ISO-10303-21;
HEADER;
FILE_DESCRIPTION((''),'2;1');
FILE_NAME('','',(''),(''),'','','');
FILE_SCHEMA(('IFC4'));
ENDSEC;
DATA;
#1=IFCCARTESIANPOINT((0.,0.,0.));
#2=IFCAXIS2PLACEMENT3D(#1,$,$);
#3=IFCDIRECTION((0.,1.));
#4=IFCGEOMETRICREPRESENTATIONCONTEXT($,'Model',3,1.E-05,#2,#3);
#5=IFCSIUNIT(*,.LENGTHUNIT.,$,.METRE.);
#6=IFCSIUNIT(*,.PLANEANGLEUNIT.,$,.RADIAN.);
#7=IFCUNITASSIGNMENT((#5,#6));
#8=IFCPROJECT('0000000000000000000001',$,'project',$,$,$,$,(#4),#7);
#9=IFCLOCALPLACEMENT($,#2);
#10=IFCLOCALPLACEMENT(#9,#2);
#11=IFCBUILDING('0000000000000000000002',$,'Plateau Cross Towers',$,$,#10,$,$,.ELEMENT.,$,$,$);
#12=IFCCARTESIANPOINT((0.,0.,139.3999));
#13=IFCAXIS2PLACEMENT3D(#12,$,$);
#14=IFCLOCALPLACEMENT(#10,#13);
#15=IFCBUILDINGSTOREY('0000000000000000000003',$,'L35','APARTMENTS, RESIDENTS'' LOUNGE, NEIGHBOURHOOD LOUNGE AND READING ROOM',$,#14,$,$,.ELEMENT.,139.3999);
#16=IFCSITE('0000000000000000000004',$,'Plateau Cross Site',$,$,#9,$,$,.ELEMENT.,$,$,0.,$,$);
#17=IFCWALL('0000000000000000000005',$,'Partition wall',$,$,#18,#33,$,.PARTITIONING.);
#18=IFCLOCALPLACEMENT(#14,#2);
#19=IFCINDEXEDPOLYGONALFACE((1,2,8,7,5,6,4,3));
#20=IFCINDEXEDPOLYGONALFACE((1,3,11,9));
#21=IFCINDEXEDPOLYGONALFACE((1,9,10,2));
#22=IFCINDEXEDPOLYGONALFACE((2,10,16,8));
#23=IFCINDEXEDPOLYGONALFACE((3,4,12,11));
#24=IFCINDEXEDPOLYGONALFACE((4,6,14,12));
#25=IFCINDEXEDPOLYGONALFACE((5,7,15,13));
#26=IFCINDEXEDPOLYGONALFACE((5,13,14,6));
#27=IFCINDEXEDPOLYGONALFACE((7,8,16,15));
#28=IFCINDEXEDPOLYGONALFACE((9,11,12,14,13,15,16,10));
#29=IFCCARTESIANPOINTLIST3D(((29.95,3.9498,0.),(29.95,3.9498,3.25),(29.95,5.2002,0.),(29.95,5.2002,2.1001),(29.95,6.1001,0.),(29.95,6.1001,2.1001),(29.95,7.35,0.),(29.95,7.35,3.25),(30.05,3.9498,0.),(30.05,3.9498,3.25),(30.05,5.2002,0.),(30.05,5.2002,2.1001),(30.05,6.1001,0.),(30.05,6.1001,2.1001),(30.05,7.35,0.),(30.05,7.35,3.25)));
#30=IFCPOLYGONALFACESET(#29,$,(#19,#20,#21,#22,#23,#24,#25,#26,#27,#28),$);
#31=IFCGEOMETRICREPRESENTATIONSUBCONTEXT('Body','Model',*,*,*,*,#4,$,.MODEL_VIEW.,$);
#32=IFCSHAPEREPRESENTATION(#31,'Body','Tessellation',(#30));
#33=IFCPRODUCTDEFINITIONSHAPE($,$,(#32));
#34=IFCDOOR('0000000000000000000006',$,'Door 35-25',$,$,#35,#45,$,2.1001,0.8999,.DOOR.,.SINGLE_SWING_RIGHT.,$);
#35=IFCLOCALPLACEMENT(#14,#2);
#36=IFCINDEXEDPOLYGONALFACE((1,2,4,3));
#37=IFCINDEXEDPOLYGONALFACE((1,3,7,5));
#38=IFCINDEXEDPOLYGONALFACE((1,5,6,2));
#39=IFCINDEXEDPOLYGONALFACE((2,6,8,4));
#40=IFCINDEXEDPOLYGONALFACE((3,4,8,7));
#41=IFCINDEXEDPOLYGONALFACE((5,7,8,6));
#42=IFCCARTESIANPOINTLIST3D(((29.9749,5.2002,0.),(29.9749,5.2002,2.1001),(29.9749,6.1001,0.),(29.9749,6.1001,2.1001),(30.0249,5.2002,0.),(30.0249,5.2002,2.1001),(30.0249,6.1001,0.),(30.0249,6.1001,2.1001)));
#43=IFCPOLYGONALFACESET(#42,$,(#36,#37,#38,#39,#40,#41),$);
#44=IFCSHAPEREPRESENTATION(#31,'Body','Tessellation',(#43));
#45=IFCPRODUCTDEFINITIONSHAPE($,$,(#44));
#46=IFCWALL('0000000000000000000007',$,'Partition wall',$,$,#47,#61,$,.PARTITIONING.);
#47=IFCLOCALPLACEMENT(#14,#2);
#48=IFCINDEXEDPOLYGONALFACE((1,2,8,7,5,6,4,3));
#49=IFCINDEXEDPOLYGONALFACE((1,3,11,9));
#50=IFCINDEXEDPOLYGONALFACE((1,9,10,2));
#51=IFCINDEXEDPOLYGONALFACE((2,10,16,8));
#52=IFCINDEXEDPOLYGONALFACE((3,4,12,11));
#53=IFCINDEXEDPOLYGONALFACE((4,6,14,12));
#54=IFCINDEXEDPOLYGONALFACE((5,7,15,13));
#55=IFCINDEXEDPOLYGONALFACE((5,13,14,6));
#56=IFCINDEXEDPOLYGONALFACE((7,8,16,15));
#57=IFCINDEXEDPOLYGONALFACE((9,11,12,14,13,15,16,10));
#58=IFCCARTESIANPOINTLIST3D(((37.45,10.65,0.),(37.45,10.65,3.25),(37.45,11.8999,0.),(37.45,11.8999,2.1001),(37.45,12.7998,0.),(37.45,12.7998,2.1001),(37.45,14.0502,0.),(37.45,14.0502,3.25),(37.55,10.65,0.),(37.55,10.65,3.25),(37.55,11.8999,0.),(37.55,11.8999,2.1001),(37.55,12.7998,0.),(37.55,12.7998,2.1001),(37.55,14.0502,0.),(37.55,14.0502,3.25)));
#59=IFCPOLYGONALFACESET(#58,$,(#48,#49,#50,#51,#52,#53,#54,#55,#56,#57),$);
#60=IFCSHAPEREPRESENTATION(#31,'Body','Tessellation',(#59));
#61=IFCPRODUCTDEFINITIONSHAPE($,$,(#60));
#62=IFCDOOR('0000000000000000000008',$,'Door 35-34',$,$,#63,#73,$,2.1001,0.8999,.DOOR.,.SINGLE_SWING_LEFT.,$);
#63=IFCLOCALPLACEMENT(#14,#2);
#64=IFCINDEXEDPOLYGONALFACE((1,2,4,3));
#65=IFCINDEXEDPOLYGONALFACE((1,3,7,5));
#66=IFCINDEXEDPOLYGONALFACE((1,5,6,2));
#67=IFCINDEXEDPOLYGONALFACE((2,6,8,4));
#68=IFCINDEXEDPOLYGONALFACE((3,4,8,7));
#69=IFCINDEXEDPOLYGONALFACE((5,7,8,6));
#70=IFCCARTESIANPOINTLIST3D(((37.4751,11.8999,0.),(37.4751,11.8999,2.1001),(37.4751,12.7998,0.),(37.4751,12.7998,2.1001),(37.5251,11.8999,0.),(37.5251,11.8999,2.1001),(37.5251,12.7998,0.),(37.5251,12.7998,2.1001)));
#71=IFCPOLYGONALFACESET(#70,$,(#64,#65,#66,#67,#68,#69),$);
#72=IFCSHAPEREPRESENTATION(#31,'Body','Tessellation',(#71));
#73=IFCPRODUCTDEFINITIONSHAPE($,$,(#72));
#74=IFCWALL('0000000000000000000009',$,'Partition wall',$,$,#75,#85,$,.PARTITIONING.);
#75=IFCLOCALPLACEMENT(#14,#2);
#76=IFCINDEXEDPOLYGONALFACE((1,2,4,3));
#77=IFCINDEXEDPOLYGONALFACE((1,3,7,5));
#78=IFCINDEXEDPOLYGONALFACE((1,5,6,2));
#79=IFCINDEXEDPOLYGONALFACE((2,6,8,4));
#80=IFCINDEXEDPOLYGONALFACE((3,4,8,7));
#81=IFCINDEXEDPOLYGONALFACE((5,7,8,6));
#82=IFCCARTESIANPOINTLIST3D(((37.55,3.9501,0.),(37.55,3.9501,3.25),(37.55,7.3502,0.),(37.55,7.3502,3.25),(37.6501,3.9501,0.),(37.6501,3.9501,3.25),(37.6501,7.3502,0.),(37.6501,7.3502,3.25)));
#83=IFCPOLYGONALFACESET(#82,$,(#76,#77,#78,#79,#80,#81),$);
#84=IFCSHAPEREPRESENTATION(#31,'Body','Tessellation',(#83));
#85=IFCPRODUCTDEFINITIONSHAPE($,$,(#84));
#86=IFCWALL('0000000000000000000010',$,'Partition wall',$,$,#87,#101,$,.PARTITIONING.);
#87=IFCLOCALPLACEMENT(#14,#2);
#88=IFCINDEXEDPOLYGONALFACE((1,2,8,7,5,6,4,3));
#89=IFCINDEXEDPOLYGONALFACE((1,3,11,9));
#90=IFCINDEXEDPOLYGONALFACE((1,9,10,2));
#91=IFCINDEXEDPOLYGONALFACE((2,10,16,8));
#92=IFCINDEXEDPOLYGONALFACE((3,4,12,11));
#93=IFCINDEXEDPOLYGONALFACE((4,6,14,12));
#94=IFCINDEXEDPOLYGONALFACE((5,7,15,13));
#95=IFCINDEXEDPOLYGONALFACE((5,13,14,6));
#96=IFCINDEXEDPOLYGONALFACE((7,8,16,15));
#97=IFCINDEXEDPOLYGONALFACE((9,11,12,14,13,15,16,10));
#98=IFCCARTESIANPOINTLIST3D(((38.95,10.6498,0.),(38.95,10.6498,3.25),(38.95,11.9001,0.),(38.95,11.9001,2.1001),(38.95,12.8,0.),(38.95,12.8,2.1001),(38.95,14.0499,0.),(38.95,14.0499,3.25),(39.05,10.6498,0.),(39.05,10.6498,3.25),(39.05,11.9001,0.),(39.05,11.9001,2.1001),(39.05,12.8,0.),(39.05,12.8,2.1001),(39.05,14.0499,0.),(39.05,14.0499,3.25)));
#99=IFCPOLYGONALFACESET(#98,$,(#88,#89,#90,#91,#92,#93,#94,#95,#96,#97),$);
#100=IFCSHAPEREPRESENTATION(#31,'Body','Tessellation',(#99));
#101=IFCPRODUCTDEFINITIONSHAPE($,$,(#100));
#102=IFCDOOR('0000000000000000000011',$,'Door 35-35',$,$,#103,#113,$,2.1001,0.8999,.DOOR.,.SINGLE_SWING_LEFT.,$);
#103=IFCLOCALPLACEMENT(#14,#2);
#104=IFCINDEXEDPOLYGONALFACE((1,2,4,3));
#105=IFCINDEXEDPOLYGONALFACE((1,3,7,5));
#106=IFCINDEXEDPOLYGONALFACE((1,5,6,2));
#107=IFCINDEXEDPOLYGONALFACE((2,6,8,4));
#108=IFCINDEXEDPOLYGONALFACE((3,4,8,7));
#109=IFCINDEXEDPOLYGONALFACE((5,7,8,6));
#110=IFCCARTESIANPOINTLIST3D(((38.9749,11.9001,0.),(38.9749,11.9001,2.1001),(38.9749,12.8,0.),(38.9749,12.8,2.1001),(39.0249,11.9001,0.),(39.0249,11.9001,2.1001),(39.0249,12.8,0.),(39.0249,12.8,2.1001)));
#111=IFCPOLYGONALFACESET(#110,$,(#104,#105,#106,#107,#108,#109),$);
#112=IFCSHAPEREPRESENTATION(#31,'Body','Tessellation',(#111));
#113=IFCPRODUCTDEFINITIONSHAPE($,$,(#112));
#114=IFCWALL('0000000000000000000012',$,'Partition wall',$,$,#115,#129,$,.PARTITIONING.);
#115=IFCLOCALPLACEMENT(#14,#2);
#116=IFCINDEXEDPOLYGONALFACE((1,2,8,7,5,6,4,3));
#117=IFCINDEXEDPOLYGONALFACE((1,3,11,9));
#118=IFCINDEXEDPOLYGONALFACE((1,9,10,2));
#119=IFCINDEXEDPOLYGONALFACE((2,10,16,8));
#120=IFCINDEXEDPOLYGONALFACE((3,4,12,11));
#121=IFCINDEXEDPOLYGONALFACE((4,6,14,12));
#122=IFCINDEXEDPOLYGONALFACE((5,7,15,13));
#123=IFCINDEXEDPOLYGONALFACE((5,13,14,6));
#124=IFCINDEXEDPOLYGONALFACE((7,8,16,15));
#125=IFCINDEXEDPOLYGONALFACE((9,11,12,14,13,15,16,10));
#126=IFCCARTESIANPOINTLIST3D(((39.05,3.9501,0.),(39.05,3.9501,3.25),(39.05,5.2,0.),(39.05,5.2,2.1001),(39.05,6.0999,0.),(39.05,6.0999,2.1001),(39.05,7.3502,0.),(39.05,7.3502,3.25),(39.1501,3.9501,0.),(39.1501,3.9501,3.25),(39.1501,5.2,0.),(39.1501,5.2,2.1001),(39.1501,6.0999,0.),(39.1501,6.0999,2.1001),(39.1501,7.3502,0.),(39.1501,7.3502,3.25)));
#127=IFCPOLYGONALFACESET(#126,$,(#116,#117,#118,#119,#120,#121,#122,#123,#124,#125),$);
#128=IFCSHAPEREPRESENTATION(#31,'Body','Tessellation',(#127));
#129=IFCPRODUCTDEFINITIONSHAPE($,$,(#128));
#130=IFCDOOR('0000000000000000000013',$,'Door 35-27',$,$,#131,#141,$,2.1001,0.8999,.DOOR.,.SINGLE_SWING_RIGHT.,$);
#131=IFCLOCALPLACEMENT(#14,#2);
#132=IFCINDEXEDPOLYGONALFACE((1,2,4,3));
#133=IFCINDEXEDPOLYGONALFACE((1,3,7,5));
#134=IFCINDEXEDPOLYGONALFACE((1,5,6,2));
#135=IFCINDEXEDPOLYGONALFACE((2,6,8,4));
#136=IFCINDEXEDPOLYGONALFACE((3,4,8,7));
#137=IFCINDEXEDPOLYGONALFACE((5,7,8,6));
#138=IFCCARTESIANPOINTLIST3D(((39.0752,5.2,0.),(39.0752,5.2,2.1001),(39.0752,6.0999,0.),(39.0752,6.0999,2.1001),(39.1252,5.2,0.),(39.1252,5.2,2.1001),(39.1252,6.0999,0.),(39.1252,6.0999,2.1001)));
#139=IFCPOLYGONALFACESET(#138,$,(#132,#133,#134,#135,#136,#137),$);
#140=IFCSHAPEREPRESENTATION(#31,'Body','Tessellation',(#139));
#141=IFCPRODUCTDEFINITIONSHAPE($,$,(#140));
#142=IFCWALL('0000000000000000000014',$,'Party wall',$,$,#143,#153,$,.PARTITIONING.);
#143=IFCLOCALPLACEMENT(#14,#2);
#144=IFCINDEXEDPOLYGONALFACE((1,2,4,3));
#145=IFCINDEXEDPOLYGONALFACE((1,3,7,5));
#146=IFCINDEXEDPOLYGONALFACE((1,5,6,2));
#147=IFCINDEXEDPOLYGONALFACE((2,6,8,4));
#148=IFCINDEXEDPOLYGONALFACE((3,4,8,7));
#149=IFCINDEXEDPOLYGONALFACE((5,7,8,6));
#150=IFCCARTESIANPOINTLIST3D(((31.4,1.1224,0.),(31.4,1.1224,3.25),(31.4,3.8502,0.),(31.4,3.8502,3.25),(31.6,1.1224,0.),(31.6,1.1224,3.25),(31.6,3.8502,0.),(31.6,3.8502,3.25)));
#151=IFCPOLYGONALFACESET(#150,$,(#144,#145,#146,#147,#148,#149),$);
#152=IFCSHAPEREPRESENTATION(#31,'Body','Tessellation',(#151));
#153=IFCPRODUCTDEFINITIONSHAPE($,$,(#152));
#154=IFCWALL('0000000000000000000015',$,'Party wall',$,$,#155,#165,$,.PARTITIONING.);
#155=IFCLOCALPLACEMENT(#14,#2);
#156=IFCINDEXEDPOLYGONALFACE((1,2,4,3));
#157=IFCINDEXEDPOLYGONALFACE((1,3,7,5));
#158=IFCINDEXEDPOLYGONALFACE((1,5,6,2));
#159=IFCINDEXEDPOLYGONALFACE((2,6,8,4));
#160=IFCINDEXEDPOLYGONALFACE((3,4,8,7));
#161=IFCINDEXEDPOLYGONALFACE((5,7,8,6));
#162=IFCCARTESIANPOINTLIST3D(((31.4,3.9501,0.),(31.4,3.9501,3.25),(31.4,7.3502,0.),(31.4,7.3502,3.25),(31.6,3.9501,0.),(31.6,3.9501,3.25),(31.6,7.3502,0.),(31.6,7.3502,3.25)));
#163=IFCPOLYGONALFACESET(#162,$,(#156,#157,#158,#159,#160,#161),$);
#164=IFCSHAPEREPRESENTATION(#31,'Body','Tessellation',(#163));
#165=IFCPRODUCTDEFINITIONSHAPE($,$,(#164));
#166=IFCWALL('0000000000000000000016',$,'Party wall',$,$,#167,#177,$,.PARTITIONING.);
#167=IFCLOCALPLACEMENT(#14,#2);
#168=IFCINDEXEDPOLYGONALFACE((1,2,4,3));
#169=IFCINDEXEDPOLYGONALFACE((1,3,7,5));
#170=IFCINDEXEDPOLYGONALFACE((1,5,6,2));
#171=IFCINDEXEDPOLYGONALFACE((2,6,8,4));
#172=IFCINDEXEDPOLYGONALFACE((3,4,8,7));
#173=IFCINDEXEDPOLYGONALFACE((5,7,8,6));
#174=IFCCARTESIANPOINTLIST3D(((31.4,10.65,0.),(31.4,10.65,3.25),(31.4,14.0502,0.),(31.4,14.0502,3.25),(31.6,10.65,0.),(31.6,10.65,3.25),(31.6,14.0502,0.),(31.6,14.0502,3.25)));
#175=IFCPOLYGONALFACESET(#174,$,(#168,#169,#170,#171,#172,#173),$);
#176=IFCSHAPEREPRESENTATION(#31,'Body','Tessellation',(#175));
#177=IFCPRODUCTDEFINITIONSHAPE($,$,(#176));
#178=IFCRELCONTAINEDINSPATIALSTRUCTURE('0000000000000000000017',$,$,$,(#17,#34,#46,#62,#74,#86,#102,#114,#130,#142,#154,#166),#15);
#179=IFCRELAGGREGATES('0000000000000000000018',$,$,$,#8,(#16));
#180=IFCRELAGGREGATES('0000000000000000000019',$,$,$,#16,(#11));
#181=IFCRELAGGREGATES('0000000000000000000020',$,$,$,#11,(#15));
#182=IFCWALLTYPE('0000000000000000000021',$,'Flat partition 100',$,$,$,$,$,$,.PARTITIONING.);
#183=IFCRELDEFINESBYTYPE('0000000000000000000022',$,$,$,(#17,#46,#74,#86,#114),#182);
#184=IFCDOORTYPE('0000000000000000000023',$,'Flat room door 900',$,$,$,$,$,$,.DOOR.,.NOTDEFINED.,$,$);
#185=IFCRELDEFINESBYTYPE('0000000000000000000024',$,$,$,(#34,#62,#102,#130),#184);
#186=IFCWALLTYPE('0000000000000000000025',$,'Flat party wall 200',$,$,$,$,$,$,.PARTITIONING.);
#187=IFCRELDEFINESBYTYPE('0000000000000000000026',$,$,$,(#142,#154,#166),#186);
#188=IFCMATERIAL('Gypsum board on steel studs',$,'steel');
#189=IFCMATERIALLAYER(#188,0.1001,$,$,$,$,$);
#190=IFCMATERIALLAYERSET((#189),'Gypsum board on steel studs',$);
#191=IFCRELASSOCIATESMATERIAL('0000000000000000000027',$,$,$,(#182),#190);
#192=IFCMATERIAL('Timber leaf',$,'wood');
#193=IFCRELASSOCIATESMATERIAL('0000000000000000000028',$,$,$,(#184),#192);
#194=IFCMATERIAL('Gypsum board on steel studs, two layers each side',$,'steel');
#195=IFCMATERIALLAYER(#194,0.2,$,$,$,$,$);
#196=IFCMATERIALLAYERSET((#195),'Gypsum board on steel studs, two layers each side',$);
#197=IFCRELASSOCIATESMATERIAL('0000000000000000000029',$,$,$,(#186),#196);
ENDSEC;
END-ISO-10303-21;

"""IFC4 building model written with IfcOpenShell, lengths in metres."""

from ifc_helpers import new_model, si_unit, direction, frame, frame_2d, origin, place, context, subcontext, project, spatial, rectangle, extrude, material, layer, layer_set, type_object, element, fill, save


model = new_model("IFC4")

# Units and contexts
model_context = context("Model", 3, precision=1e-05, world=origin(), true_north=direction((0.0, 1.0)))
body_context = subcontext(model_context, "Body", "Model", "MODEL_VIEW")
ifc_project = project(units=[si_unit("LENGTHUNIT", "METRE"), si_unit("PLANEANGLEUNIT", "RADIAN")], contexts=[model_context])

# Site, building, storey
site_placement = place(None, origin())
site = spatial("IfcSite", under=ifc_project, at=site_placement, Name="Plateau Cross Site", CompositionType="ELEMENT", RefElevation=0.0)
building_placement = place(site_placement, origin())
building = spatial("IfcBuilding", under=site, at=building_placement, Name="Plateau Cross Towers", CompositionType="ELEMENT")
storey_placement = place(building_placement, frame((0.0, 0.0, 139.3999)))
storey = spatial("IfcBuildingStorey", under=building, at=storey_placement, Name="L35", Description="APARTMENTS, RESIDENTS' LOUNGE, NEIGHBOURHOOD LOUNGE AND READING ROOM", CompositionType="ELEMENT", Elevation=139.3999)

# Shared definitions
ifc_material_1 = material(Name="Gypsum board on steel studs", Category="steel")
ifc_layer_1 = layer(ifc_material_1, 0.1001)
ifc_layer_set_1 = layer_set([ifc_layer_1], Name="Gypsum board on steel studs")
wall_type_1 = type_object("IfcWallType", Name="Flat partition 100", PredefinedType="PARTITIONING", material=ifc_layer_set_1)

# Shared definitions
ifc_material_2 = material(Name="Timber leaf", Category="wood")
door_type_1 = type_object("IfcDoorType", Name="Flat room door 900", OperationType="NOTDEFINED", PredefinedType="DOOR", material=ifc_material_2)

# Walls, openings, doors
wall_1_placement = place(storey_placement, frame((30.0, 7.3501, 0.0), z_axis=(0.0, 0.0, 1.0), x_axis=(0.0, -1.0, 0.0)))
wall_1 = element("IfcWall", 1, at=wall_1_placement, inside=storey, type_object=wall_type_1, Name="Partition wall", PredefinedType="PARTITIONING", context=body_context, shape_type="SweptSolid", body=[
    extrude(rectangle(XDim=3.4001, YDim=0.1001, at=frame_2d((1.7002, 0.0))), origin(), (0.0, 0.0, 1.0), 3.25),
])
opening_1_placement = place(wall_1_placement, frame((1.25, 0.0, 0.0)))
opening_1 = element("IfcOpeningElement", 2, at=opening_1_placement, cuts=wall_1, PredefinedType="OPENING", context=body_context, shape_type="SweptSolid", body=[
    extrude(rectangle(XDim=0.8999, YDim=2.1001, at=frame_2d((0.45, 1.05))), frame((0.0, 0.0601, 0.0), z_axis=(0.0, -1.0, 0.0), x_axis=(1.0, 0.0, 0.0)), (0.0, 0.0, 1.0), 0.1201),
])
door_1_placement = place(opening_1_placement, origin())
door_1 = element("IfcDoor", 3, at=door_1_placement, inside=storey, type_object=door_type_1, Name="Door 35-25", OperationType="SINGLE_SWING_RIGHT", OverallHeight=2.1001, OverallWidth=0.8999, PredefinedType="DOOR", context=body_context, shape_type="SweptSolid", body=[
    extrude(rectangle(XDim=0.8999, YDim=2.1001, at=frame_2d((0.45, 1.05))), frame((0.0, 0.0249, 0.0), z_axis=(0.0, -1.0, 0.0), x_axis=(1.0, 0.0, 0.0)), (0.0, 0.0, 1.0), 0.05),
])
fill(opening_1, door_1)
wall_2_placement = place(storey_placement, frame((37.5, 10.6499, 0.0), z_axis=(0.0, 0.0, 1.0), x_axis=(0.0, 1.0, 0.0)))
wall_2 = element("IfcWall", 4, at=wall_2_placement, inside=storey, type_object=wall_type_1, Name="Partition wall", PredefinedType="PARTITIONING", context=body_context, shape_type="SweptSolid", body=[
    extrude(rectangle(XDim=3.4001, YDim=0.1001, at=frame_2d((1.7002, 0.0))), origin(), (0.0, 0.0, 1.0), 3.25),
])
opening_2_placement = place(wall_2_placement, frame((1.25, 0.0, 0.0)))
opening_2 = element("IfcOpeningElement", 5, at=opening_2_placement, cuts=wall_2, PredefinedType="OPENING", context=body_context, shape_type="SweptSolid", body=[
    extrude(rectangle(XDim=0.8999, YDim=2.1001, at=frame_2d((0.45, 1.05))), frame((0.0, 0.0601, 0.0), z_axis=(0.0, -1.0, 0.0), x_axis=(1.0, 0.0, 0.0)), (0.0, 0.0, 1.0), 0.1201),
])
door_2_placement = place(opening_2_placement, origin())
door_2 = element("IfcDoor", 6, at=door_2_placement, inside=storey, type_object=door_type_1, Name="Door 35-34", OperationType="SINGLE_SWING_LEFT", OverallHeight=2.1001, OverallWidth=0.8999, PredefinedType="DOOR", context=body_context, shape_type="SweptSolid", body=[
    extrude(rectangle(XDim=0.8999, YDim=2.1001, at=frame_2d((0.45, 1.05))), frame((0.0, 0.0249, 0.0), z_axis=(0.0, -1.0, 0.0), x_axis=(1.0, 0.0, 0.0)), (0.0, 0.0, 1.0), 0.05),
])
fill(opening_2, door_2)

# Wall
wall_3_placement = place(storey_placement, frame((37.6001, 3.95, 0.0), z_axis=(0.0, 0.0, 1.0), x_axis=(0.0, 1.0, 0.0)))
element("IfcWall", 7, at=wall_3_placement, inside=storey, type_object=wall_type_1, Name="Partition wall", PredefinedType="PARTITIONING", context=body_context, shape_type="SweptSolid", body=[
    extrude(rectangle(XDim=3.4001, YDim=0.1001, at=frame_2d((1.7002, 0.0))), origin(), (0.0, 0.0, 1.0), 3.25),
])

# Walls, openings, doors
wall_4_placement = place(storey_placement, frame((39.0, 14.05, 0.0), z_axis=(0.0, 0.0, 1.0), x_axis=(0.0, -1.0, 0.0)))
wall_4 = element("IfcWall", 8, at=wall_4_placement, inside=storey, type_object=wall_type_1, Name="Partition wall", PredefinedType="PARTITIONING", context=body_context, shape_type="SweptSolid", body=[
    extrude(rectangle(XDim=3.4001, YDim=0.1001, at=frame_2d((1.7002, 0.0))), origin(), (0.0, 0.0, 1.0), 3.25),
])
opening_3_placement = place(wall_4_placement, frame((1.25, 0.0, 0.0)))
opening_3 = element("IfcOpeningElement", 9, at=opening_3_placement, cuts=wall_4, PredefinedType="OPENING", context=body_context, shape_type="SweptSolid", body=[
    extrude(rectangle(XDim=0.8999, YDim=2.1001, at=frame_2d((0.45, 1.05))), frame((0.0, 0.0601, 0.0), z_axis=(0.0, -1.0, 0.0), x_axis=(1.0, 0.0, 0.0)), (0.0, 0.0, 1.0), 0.1201),
])
door_3_placement = place(opening_3_placement, origin())
door_3 = element("IfcDoor", 10, at=door_3_placement, inside=storey, type_object=door_type_1, Name="Door 35-35", OperationType="SINGLE_SWING_LEFT", OverallHeight=2.1001, OverallWidth=0.8999, PredefinedType="DOOR", context=body_context, shape_type="SweptSolid", body=[
    extrude(rectangle(XDim=0.8999, YDim=2.1001, at=frame_2d((0.45, 1.05))), frame((0.0, 0.0249, 0.0), z_axis=(0.0, -1.0, 0.0), x_axis=(1.0, 0.0, 0.0)), (0.0, 0.0, 1.0), 0.05),
])
fill(opening_3, door_3)
wall_5_placement = place(storey_placement, frame((39.1001, 3.95, 0.0), z_axis=(0.0, 0.0, 1.0), x_axis=(0.0, 1.0, 0.0)))
wall_5 = element("IfcWall", 11, at=wall_5_placement, inside=storey, type_object=wall_type_1, Name="Partition wall", PredefinedType="PARTITIONING", context=body_context, shape_type="SweptSolid", body=[
    extrude(rectangle(XDim=3.4001, YDim=0.1001, at=frame_2d((1.7002, 0.0))), origin(), (0.0, 0.0, 1.0), 3.25),
])
opening_4_placement = place(wall_5_placement, frame((1.25, 0.0, 0.0)))
opening_4 = element("IfcOpeningElement", 12, at=opening_4_placement, cuts=wall_5, PredefinedType="OPENING", context=body_context, shape_type="SweptSolid", body=[
    extrude(rectangle(XDim=0.8999, YDim=2.1001, at=frame_2d((0.45, 1.05))), frame((0.0, 0.0601, 0.0), z_axis=(0.0, -1.0, 0.0), x_axis=(1.0, 0.0, 0.0)), (0.0, 0.0, 1.0), 0.1201),
])
door_4_placement = place(opening_4_placement, origin())
door_4 = element("IfcDoor", 13, at=door_4_placement, inside=storey, type_object=door_type_1, Name="Door 35-27", OperationType="SINGLE_SWING_RIGHT", OverallHeight=2.1001, OverallWidth=0.8999, PredefinedType="DOOR", context=body_context, shape_type="SweptSolid", body=[
    extrude(rectangle(XDim=0.8999, YDim=2.1001, at=frame_2d((0.45, 1.05))), frame((0.0, 0.0249, 0.0), z_axis=(0.0, -1.0, 0.0), x_axis=(1.0, 0.0, 0.0)), (0.0, 0.0, 1.0), 0.05),
])
fill(opening_4, door_4)

# Walls
ifc_material_3 = material(Name="Gypsum board on steel studs, two layers each side", Category="steel")
ifc_layer_2 = layer(ifc_material_3, 0.2)
ifc_layer_set_2 = layer_set([ifc_layer_2], Name="Gypsum board on steel studs, two layers each side")
wall_type_2 = type_object("IfcWallType", Name="Flat party wall 200", PredefinedType="PARTITIONING", material=ifc_layer_set_2)
wall_6_placement = place(storey_placement, frame((31.5, 3.8501, 0.0), z_axis=(0.0, 0.0, 1.0), x_axis=(0.0, -1.0, 0.0)))
element("IfcWall", 14, at=wall_6_placement, inside=storey, type_object=wall_type_2, Name="Party wall", PredefinedType="PARTITIONING", context=body_context, shape_type="SweptSolid", body=[
    extrude(rectangle(XDim=2.7278, YDim=0.2, at=frame_2d((1.3638, 0.0))), origin(), (0.0, 0.0, 1.0), 3.25),
])
for number, where, z_axis, x_axis, name in (
    (15, (31.5, 3.95, 0.0), (0.0, 0.0, 1.0), (0.0, 1.0, 0.0), "Party wall"),
    (16, (31.5, 10.6499, 0.0), (0.0, 0.0, 1.0), (0.0, 1.0, 0.0), "Party wall"),
):
    element("IfcWall", number, at=place(storey_placement, frame(where, z_axis=z_axis, x_axis=x_axis)), inside=storey, type_object=wall_type_2, Name=name, PredefinedType="PARTITIONING", context=body_context, shape_type="SweptSolid", body=[
        extrude(rectangle(XDim=3.4001, YDim=0.2, at=frame_2d((1.7002, 0.0))), origin(), (0.0, 0.0, 1.0), 3.25),
    ])

save(model, "model.ifc")
